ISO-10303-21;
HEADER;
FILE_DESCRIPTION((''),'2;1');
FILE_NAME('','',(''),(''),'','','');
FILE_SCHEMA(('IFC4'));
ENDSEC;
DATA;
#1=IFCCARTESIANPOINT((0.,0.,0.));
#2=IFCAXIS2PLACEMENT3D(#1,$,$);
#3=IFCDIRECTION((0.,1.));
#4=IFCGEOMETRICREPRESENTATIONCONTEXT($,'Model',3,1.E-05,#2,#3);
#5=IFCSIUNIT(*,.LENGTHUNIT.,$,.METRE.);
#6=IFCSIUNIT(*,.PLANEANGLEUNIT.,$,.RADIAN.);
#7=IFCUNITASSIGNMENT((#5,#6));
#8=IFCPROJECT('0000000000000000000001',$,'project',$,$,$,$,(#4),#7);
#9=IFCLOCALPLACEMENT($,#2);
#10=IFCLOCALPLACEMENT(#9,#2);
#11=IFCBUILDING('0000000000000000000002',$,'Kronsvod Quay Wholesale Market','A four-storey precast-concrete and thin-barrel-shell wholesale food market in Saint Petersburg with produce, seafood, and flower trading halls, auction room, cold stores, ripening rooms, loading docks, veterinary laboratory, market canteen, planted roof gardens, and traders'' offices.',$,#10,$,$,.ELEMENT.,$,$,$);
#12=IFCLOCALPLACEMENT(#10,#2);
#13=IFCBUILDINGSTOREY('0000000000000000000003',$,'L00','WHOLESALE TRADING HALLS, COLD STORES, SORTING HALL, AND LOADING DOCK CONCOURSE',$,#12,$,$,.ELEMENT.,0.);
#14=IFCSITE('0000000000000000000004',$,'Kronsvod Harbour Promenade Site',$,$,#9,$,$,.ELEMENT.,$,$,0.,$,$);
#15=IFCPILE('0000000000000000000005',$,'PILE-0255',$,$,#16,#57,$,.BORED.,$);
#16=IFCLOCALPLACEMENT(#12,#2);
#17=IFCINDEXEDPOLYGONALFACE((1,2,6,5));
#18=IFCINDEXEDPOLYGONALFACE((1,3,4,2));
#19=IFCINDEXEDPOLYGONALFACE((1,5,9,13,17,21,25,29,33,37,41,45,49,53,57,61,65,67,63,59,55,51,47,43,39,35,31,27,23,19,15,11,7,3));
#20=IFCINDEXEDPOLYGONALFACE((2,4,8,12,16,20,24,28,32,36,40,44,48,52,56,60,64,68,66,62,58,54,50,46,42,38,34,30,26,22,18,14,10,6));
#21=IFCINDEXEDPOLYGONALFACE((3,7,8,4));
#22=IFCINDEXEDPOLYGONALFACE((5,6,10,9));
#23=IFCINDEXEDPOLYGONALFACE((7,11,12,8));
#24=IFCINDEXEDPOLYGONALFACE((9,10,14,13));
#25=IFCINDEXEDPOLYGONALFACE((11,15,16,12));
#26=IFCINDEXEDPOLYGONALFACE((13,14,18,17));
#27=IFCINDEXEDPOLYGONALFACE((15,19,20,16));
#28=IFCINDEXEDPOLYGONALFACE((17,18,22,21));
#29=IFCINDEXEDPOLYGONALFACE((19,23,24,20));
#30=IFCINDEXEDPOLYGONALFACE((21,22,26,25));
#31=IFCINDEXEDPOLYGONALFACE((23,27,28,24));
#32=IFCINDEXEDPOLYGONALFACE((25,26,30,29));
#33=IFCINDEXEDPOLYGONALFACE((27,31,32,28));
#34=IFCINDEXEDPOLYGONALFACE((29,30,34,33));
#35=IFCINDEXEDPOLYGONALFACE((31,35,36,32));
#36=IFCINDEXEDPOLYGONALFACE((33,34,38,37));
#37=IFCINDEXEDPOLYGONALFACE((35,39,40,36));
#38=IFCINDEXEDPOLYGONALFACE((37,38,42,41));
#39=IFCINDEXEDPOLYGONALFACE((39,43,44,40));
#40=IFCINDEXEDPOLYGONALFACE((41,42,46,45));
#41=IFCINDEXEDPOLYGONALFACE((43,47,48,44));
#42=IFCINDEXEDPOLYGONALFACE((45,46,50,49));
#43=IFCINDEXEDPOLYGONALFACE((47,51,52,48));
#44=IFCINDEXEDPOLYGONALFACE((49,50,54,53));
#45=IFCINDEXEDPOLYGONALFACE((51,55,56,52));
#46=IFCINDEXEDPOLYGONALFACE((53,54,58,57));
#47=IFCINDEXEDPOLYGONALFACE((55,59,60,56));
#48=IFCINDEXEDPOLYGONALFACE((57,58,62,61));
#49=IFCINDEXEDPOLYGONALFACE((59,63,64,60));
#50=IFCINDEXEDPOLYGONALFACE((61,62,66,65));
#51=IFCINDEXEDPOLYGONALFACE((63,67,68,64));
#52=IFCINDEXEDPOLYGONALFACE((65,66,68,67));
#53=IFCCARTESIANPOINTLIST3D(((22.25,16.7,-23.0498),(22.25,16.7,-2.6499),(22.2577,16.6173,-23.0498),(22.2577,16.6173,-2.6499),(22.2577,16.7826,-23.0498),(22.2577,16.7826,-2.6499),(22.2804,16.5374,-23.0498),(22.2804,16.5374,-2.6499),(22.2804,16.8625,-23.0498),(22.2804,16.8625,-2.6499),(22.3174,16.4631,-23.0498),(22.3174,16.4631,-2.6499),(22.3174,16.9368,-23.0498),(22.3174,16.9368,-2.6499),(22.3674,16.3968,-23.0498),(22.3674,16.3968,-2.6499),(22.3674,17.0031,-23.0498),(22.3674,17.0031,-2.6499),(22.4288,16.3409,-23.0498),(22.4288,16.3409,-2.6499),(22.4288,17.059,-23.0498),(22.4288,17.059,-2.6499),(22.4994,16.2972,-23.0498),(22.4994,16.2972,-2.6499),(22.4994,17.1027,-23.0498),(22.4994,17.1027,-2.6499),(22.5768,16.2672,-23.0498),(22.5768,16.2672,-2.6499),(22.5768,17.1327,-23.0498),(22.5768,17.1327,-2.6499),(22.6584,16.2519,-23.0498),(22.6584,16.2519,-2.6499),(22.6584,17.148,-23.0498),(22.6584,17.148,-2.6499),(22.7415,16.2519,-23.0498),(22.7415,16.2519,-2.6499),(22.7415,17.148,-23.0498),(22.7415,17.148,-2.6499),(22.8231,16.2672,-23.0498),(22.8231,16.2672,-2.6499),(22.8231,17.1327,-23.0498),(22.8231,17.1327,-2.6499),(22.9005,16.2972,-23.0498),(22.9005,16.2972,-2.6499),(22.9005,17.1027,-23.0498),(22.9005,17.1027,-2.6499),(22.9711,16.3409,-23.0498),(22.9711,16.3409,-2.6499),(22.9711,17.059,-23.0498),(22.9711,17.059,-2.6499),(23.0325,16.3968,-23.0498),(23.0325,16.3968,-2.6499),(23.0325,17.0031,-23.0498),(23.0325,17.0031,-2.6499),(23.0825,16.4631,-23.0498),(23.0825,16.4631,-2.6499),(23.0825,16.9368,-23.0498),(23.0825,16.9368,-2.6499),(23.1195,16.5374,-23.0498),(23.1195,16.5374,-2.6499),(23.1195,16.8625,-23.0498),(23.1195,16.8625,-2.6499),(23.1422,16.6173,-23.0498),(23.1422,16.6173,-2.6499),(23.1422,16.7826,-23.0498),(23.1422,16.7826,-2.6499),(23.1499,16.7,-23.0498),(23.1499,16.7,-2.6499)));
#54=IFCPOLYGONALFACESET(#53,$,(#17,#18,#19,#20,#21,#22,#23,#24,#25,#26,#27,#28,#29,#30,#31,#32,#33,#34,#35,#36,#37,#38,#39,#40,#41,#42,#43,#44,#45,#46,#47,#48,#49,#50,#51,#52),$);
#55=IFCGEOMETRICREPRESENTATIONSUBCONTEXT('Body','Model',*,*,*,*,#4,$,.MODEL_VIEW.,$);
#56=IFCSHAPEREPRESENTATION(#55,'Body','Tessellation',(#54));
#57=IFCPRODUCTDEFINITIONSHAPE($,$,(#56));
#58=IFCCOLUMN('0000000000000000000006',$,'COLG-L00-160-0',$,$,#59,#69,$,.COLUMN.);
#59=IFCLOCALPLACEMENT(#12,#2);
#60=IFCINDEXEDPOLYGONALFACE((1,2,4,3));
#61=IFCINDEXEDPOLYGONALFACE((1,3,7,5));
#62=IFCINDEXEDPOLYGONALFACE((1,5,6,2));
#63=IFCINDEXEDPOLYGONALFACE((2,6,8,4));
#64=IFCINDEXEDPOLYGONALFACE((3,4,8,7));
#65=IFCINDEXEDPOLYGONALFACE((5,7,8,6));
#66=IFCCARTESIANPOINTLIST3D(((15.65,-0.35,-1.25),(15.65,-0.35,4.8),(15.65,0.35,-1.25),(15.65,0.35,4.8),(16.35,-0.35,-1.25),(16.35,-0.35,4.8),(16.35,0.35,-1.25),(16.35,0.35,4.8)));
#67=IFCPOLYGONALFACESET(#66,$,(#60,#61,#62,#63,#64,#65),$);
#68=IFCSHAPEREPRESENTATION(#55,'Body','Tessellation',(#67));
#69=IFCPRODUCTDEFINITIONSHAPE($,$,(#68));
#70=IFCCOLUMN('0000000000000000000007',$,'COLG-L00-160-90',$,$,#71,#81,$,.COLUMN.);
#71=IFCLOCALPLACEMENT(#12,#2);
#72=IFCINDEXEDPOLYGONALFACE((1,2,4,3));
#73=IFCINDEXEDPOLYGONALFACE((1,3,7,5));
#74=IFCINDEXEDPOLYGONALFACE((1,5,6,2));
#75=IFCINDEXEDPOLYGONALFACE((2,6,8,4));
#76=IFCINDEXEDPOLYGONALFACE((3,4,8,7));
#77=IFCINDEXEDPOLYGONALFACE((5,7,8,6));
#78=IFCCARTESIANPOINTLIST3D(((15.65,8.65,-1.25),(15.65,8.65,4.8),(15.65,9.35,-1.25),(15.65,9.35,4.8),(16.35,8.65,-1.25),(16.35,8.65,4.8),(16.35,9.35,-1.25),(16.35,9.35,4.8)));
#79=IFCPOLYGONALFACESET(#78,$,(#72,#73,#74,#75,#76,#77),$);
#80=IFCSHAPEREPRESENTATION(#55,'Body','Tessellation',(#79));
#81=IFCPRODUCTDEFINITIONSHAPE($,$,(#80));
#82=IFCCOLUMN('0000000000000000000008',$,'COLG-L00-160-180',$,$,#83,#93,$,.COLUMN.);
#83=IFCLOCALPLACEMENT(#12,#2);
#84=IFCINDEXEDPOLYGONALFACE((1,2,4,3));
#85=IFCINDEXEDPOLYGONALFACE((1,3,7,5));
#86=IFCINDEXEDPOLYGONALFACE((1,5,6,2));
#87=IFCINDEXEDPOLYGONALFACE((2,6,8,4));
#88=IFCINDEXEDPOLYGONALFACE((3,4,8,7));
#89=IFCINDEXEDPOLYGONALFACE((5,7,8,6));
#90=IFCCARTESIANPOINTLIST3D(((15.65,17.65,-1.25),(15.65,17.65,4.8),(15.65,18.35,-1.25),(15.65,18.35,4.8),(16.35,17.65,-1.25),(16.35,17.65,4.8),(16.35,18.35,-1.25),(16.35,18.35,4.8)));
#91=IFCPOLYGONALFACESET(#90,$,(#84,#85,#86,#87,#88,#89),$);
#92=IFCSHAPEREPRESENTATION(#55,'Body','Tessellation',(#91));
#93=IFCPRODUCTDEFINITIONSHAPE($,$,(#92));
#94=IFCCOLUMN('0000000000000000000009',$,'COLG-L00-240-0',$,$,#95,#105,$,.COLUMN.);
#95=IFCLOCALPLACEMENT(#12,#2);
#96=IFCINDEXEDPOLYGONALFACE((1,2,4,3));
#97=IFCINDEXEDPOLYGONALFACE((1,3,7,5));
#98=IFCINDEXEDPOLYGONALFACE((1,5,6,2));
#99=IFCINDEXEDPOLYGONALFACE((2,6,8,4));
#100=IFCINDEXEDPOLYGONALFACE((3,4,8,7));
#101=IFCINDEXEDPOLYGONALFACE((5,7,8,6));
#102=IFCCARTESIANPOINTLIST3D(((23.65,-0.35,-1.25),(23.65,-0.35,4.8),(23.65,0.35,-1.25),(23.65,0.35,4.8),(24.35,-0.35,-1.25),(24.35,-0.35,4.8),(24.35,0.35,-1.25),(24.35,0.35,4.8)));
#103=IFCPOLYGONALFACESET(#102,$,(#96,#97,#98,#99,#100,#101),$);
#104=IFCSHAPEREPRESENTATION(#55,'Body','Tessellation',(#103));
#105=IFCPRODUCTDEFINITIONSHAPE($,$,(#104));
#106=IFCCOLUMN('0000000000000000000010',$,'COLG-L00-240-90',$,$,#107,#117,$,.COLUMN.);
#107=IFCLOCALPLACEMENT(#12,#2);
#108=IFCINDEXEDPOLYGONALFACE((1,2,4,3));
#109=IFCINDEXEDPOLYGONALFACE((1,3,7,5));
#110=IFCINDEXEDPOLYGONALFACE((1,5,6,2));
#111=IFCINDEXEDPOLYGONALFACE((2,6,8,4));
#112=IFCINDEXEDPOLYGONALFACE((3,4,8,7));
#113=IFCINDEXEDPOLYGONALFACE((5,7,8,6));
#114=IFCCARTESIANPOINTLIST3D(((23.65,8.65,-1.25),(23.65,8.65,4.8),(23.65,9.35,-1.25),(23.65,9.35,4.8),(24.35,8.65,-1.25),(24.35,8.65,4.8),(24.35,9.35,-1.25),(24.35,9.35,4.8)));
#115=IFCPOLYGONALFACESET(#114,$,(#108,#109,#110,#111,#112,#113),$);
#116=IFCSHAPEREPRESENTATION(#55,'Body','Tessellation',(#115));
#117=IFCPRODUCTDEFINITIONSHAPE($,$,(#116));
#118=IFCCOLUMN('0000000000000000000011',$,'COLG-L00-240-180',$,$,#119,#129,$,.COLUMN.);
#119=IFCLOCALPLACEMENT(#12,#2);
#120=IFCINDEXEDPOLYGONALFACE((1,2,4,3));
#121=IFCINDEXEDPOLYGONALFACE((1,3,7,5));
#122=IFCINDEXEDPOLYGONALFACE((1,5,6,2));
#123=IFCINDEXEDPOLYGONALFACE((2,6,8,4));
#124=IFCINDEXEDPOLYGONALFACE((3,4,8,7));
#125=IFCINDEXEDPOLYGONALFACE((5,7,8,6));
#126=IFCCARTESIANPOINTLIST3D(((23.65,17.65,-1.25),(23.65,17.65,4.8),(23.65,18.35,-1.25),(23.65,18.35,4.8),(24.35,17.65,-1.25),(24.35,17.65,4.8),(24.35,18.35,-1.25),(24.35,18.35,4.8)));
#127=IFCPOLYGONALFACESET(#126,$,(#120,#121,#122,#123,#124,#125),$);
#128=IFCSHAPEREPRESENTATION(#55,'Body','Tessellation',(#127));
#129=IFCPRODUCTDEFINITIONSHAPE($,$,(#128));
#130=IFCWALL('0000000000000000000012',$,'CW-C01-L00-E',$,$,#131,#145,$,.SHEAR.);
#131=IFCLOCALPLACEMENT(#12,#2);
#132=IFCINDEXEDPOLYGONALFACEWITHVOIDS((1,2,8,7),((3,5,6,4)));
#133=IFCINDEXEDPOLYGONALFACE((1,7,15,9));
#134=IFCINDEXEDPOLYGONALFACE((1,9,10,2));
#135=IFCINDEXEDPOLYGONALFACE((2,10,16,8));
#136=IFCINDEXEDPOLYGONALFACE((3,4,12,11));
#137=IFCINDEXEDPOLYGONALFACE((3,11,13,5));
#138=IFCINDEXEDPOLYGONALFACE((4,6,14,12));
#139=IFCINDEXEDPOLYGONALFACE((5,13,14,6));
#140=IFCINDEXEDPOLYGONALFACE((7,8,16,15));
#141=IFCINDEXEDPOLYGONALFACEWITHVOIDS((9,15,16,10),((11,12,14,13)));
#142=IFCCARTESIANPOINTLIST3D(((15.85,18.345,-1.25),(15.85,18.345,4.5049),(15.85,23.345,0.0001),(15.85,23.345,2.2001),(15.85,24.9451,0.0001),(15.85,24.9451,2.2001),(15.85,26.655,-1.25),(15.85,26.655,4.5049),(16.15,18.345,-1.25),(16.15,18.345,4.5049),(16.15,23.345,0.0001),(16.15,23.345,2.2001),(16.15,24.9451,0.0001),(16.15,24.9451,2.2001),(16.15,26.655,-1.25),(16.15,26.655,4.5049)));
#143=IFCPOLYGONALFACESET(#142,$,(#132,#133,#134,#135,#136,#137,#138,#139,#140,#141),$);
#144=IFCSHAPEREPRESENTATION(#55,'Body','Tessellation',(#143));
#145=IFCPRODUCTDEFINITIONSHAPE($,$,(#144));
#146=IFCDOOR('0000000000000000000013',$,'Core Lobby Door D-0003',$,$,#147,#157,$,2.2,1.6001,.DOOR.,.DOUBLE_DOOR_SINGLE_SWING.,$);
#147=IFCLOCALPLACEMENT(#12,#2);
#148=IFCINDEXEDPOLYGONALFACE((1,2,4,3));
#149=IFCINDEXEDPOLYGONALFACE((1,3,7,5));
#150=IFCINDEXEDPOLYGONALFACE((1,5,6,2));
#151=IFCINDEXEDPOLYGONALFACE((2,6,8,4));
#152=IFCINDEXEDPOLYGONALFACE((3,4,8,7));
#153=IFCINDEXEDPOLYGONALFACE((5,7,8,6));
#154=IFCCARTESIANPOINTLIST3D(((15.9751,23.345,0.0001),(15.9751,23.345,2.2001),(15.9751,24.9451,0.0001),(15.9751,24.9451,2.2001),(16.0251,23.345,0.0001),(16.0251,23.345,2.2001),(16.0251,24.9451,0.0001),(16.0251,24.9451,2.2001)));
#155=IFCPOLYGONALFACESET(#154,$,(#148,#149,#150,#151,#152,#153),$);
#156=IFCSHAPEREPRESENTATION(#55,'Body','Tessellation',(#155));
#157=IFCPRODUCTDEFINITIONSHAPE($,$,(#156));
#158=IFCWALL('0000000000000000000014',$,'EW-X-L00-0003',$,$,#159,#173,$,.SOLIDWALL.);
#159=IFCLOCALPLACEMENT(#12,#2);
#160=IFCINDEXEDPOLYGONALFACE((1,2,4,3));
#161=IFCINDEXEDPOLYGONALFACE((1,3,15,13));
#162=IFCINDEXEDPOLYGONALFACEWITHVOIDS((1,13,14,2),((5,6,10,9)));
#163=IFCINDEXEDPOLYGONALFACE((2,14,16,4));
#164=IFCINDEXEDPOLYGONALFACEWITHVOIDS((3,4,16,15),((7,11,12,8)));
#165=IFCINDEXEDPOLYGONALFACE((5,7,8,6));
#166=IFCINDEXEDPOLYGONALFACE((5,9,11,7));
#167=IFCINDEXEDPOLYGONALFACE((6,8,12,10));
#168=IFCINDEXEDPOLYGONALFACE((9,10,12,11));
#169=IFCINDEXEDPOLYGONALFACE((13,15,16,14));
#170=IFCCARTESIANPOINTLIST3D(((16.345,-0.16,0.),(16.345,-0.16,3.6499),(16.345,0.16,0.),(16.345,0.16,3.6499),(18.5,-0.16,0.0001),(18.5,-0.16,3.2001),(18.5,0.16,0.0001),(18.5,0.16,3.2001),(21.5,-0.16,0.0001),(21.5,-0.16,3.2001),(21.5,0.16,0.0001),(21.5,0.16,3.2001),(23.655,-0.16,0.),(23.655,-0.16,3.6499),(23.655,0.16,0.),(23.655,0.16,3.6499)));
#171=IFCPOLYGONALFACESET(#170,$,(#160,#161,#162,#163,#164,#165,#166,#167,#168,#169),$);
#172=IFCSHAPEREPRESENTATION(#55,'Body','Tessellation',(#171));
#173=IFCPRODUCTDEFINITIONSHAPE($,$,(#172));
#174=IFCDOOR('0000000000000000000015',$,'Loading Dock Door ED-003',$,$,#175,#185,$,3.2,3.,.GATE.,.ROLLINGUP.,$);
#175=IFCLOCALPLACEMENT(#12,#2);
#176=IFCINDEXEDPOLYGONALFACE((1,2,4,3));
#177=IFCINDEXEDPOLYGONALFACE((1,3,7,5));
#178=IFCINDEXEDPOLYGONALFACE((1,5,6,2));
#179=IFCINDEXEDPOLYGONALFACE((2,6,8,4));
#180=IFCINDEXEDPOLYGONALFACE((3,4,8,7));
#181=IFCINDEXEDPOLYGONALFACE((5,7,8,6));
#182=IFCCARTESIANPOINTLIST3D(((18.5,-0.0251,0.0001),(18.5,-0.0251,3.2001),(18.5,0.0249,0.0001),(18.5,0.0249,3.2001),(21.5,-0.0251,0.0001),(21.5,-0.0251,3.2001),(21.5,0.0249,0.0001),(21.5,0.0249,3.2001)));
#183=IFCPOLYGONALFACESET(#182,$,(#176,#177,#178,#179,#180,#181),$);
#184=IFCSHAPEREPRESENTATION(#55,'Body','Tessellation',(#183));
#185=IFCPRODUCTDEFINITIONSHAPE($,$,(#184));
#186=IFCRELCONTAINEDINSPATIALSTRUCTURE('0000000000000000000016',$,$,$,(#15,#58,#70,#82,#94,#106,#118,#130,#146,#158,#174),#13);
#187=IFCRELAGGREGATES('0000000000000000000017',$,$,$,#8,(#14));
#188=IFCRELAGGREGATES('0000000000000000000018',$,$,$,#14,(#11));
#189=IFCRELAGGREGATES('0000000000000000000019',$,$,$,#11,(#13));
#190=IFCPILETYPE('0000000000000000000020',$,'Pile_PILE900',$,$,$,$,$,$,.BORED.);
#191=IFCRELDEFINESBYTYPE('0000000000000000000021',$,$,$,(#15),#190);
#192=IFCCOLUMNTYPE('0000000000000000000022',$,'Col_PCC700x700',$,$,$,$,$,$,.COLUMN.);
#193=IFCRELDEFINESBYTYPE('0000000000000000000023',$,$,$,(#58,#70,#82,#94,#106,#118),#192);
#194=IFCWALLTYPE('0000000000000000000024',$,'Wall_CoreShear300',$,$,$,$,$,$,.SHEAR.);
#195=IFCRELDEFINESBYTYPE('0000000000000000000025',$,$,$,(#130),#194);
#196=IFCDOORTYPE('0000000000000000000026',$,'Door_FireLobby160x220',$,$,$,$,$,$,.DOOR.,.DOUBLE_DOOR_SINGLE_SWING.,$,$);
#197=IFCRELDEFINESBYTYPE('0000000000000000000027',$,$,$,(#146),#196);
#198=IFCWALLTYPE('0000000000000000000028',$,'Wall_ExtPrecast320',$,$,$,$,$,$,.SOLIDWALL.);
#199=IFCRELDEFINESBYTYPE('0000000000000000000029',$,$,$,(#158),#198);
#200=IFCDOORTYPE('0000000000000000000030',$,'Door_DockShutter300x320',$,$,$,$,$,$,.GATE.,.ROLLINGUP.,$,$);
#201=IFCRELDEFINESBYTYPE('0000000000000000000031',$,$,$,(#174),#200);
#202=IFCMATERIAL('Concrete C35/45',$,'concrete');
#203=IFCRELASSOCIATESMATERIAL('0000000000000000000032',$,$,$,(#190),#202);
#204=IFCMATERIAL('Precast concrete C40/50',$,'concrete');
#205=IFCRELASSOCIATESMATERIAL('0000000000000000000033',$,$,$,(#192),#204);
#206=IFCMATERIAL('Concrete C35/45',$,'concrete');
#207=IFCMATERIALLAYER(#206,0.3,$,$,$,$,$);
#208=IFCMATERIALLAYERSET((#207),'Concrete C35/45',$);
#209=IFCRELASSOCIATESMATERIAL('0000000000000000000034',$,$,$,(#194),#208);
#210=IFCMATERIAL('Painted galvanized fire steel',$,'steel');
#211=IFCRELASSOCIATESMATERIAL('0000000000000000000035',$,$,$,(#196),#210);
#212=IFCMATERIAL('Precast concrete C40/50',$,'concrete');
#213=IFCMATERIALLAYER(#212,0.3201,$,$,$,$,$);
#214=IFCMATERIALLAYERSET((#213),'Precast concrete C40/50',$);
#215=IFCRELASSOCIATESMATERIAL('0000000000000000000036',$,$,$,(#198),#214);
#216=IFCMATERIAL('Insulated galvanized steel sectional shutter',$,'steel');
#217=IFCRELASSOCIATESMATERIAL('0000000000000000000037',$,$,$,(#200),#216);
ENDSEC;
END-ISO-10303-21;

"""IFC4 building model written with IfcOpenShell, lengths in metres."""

from ifc_helpers import new_model, si_unit, direction, frame, frame_2d, origin, origin_2d, place, context, subcontext, project, spatial, rectangle, circle, extrude, material, layer, layer_set, material_profile, profile_set, type_object, element, fill, save


model = new_model("IFC4")

# Units and contexts
model_context = context("Model", 3, precision=1e-05, world=origin(), true_north=direction((0.0, 1.0)))
body_context = subcontext(model_context, "Body", "Model", "MODEL_VIEW")
ifc_project = project(units=[si_unit("LENGTHUNIT", "METRE"), si_unit("PLANEANGLEUNIT", "RADIAN")], contexts=[model_context])

# Site, building, storey
site_placement = place(None, origin())
site = spatial("IfcSite", under=ifc_project, at=site_placement, Name="Kronsvod Harbour Promenade Site", CompositionType="ELEMENT", RefElevation=0.0)
building_placement = place(site_placement, origin())
building = spatial("IfcBuilding", under=site, at=building_placement, Name="Kronsvod Quay Wholesale Market", Description="A four-storey precast-concrete and thin-barrel-shell wholesale food market in Saint Petersburg with produce, seafood, and flower trading halls, auction room, cold stores, ripening rooms, loading docks, veterinary laboratory, market canteen, planted roof gardens, and traders' offices.", CompositionType="ELEMENT")
storey_placement = place(building_placement, origin())
storey = spatial("IfcBuildingStorey", under=building, at=storey_placement, Name="L00", Description="WHOLESALE TRADING HALLS, COLD STORES, SORTING HALL, AND LOADING DOCK CONCOURSE", CompositionType="ELEMENT", Elevation=0.0)

# Pile
ifc_material_1 = material(Name="Concrete C35/45", Category="concrete")
ifc_material_profile_1 = material_profile(ifc_material_1, circle(Radius=0.45, at=origin_2d()), Name="PILE900")
ifc_profile_set_1 = profile_set([ifc_material_profile_1], Name="Concrete C35/45")
pile_type_1 = type_object("IfcPileType", Name="Pile_PILE900", PredefinedType="BORED", material=ifc_profile_set_1)
for number, where, z_axis, x_axis, name in (
    (1, (22.7, 16.7, -2.6499), (0.0, 0.0, -1.0), (1.0, 0.0, 0.0), "PILE-0255"),
):
    element("IfcPile", number, at=place(storey_placement, frame(where, z_axis=z_axis, x_axis=x_axis)), inside=storey, type_object=pile_type_1, Name=name, PredefinedType="BORED", context=body_context, shape_type="SweptSolid", body=[
        extrude(circle(Radius=0.45, at=origin_2d()), origin(), (0.0, 0.0, 1.0), 20.3999),
    ])

# Columns
ifc_material_2 = material(Name="Precast concrete C40/50", Category="concrete")
ifc_material_profile_2 = material_profile(ifc_material_2, rectangle(XDim=0.7, YDim=0.7, at=origin_2d()), Name="PCC700x700")
ifc_profile_set_2 = profile_set([ifc_material_profile_2], Name="Precast concrete C40/50")
column_type = type_object("IfcColumnType", Name="Col_PCC700x700", PredefinedType="COLUMN", material=ifc_profile_set_2)
for number, where, z_axis, x_axis, name in (
    (2, (16.0, 0.0, -1.25), (0.0, 0.0, 1.0), (1.0, 0.0, 0.0), "COLG-L00-160-0"),
    (3, (16.0, 9.0, -1.25), (0.0, 0.0, 1.0), (1.0, 0.0, 0.0), "COLG-L00-160-90"),
    (4, (16.0, 18.0, -1.25), (0.0, 0.0, 1.0), (1.0, 0.0, 0.0), "COLG-L00-160-180"),
    (5, (24.0, 0.0, -1.25), (0.0, 0.0, 1.0), (1.0, 0.0, 0.0), "COLG-L00-240-0"),
    (6, (24.0, 9.0, -1.25), (0.0, 0.0, 1.0), (1.0, 0.0, 0.0), "COLG-L00-240-90"),
    (7, (24.0, 18.0, -1.25), (0.0, 0.0, 1.0), (1.0, 0.0, 0.0), "COLG-L00-240-180"),
):
    element("IfcColumn", number, at=place(storey_placement, frame(where, z_axis=z_axis, x_axis=x_axis)), inside=storey, type_object=column_type, Name=name, PredefinedType="COLUMN", context=body_context, shape_type="SweptSolid", body=[
        extrude(rectangle(XDim=0.7, YDim=0.7, at=origin_2d()), origin(), (0.0, 0.0, 1.0), 6.05),
    ])

# Walls, openings, doors
ifc_material_3 = material(Name="Concrete C35/45", Category="concrete")
ifc_layer_1 = layer(ifc_material_3, 0.3)
ifc_layer_set_1 = layer_set([ifc_layer_1], Name="Concrete C35/45")
wall_type_1 = type_object("IfcWallType", Name="Wall_CoreShear300", PredefinedType="SHEAR", material=ifc_layer_set_1)
wall_1_placement = place(storey_placement, frame((16.0, 18.345, -1.25), z_axis=(0.0, 0.0, 1.0), x_axis=(0.0, 1.0, 0.0)))
wall_1 = element("IfcWall", 8, at=wall_1_placement, inside=storey, type_object=wall_type_1, Name="CW-C01-L00-E", PredefinedType="SHEAR", context=body_context, shape_type="SweptSolid", body=[
    extrude(rectangle(XDim=8.3101, YDim=0.3, at=frame_2d((4.155, 0.0))), origin(), (0.0, 0.0, 1.0), 5.7549),
])
opening_1_placement = place(wall_1_placement, frame((5.0, 0.0, 1.25)))
opening_1 = element("IfcOpeningElement", 9, at=opening_1_placement, cuts=wall_1, PredefinedType="OPENING", context=body_context, shape_type="SweptSolid", body=[
    extrude(rectangle(XDim=1.6001, YDim=2.2, at=frame_2d((0.8, 1.1001))), frame((0.0, 0.1602, 0.0), z_axis=(0.0, -1.0, 0.0), x_axis=(1.0, 0.0, 0.0)), (0.0, 0.0, 1.0), 0.3201),
])
ifc_material_4 = material(Name="Painted galvanized fire steel", Category="steel")
door_type_1 = type_object("IfcDoorType", Name="Door_FireLobby160x220", OperationType="DOUBLE_DOOR_SINGLE_SWING", PredefinedType="DOOR", material=ifc_material_4)
door_1_placement = place(opening_1_placement, origin())
door_1 = element("IfcDoor", 10, at=door_1_placement, inside=storey, type_object=door_type_1, Name="Core Lobby Door D-0003", OperationType="DOUBLE_DOOR_SINGLE_SWING", OverallHeight=2.2, OverallWidth=1.6001, PredefinedType="DOOR", context=body_context, shape_type="SweptSolid", body=[
    extrude(rectangle(XDim=1.6001, YDim=2.2, at=frame_2d((0.8, 1.1001))), frame((0.0, 0.0249, 0.0), z_axis=(0.0, -1.0, 0.0), x_axis=(1.0, 0.0, 0.0)), (0.0, 0.0, 1.0), 0.05),
])
fill(opening_1, door_1)
ifc_material_5 = material(Name="Precast concrete C40/50", Category="concrete")
ifc_layer_2 = layer(ifc_material_5, 0.3201)
ifc_layer_set_2 = layer_set([ifc_layer_2], Name="Precast concrete C40/50")
wall_type_2 = type_object("IfcWallType", Name="Wall_ExtPrecast320", PredefinedType="SOLIDWALL", material=ifc_layer_set_2)
wall_2_placement = place(storey_placement, frame((16.345, 0.0, 0.0), z_axis=(0.0, 0.0, 1.0), x_axis=(1.0, 0.0, 0.0)))
wall_2 = element("IfcWall", 11, at=wall_2_placement, inside=storey, type_object=wall_type_2, Name="EW-X-L00-0003", PredefinedType="SOLIDWALL", context=body_context, shape_type="SweptSolid", body=[
    extrude(rectangle(XDim=7.3101, YDim=0.3201, at=frame_2d((3.655, 0.0))), origin(), (0.0, 0.0, 1.0), 3.6499),
])
opening_2_placement = place(wall_2_placement, frame((2.155, 0.0, 0.0)))
opening_2 = element("IfcOpeningElement", 12, at=opening_2_placement, cuts=wall_2, PredefinedType="OPENING", context=body_context, shape_type="SweptSolid", body=[
    extrude(rectangle(XDim=3.0, YDim=3.2, at=frame_2d((1.5, 1.6001))), frame((0.0, 0.1699, 0.0), z_axis=(0.0, -1.0, 0.0), x_axis=(1.0, 0.0, 0.0)), (0.0, 0.0, 1.0), 0.3401),
])
ifc_material_6 = material(Name="Insulated galvanized steel sectional shutter", Category="steel")
door_type_2 = type_object("IfcDoorType", Name="Door_DockShutter300x320", OperationType="ROLLINGUP", PredefinedType="GATE", material=ifc_material_6)
door_2_placement = place(opening_2_placement, origin())
door_2 = element("IfcDoor", 13, at=door_2_placement, inside=storey, type_object=door_type_2, Name="Loading Dock Door ED-003", OperationType="ROLLINGUP", OverallHeight=3.2, OverallWidth=3.0, PredefinedType="GATE", context=body_context, shape_type="SweptSolid", body=[
    extrude(rectangle(XDim=3.0, YDim=3.2, at=frame_2d((1.5, 1.6001))), frame((0.0, 0.0249, 0.0), z_axis=(0.0, -1.0, 0.0), x_axis=(1.0, 0.0, 0.0)), (0.0, 0.0, 1.0), 0.05),
])
fill(opening_2, door_2)

save(model, "model.ifc")
